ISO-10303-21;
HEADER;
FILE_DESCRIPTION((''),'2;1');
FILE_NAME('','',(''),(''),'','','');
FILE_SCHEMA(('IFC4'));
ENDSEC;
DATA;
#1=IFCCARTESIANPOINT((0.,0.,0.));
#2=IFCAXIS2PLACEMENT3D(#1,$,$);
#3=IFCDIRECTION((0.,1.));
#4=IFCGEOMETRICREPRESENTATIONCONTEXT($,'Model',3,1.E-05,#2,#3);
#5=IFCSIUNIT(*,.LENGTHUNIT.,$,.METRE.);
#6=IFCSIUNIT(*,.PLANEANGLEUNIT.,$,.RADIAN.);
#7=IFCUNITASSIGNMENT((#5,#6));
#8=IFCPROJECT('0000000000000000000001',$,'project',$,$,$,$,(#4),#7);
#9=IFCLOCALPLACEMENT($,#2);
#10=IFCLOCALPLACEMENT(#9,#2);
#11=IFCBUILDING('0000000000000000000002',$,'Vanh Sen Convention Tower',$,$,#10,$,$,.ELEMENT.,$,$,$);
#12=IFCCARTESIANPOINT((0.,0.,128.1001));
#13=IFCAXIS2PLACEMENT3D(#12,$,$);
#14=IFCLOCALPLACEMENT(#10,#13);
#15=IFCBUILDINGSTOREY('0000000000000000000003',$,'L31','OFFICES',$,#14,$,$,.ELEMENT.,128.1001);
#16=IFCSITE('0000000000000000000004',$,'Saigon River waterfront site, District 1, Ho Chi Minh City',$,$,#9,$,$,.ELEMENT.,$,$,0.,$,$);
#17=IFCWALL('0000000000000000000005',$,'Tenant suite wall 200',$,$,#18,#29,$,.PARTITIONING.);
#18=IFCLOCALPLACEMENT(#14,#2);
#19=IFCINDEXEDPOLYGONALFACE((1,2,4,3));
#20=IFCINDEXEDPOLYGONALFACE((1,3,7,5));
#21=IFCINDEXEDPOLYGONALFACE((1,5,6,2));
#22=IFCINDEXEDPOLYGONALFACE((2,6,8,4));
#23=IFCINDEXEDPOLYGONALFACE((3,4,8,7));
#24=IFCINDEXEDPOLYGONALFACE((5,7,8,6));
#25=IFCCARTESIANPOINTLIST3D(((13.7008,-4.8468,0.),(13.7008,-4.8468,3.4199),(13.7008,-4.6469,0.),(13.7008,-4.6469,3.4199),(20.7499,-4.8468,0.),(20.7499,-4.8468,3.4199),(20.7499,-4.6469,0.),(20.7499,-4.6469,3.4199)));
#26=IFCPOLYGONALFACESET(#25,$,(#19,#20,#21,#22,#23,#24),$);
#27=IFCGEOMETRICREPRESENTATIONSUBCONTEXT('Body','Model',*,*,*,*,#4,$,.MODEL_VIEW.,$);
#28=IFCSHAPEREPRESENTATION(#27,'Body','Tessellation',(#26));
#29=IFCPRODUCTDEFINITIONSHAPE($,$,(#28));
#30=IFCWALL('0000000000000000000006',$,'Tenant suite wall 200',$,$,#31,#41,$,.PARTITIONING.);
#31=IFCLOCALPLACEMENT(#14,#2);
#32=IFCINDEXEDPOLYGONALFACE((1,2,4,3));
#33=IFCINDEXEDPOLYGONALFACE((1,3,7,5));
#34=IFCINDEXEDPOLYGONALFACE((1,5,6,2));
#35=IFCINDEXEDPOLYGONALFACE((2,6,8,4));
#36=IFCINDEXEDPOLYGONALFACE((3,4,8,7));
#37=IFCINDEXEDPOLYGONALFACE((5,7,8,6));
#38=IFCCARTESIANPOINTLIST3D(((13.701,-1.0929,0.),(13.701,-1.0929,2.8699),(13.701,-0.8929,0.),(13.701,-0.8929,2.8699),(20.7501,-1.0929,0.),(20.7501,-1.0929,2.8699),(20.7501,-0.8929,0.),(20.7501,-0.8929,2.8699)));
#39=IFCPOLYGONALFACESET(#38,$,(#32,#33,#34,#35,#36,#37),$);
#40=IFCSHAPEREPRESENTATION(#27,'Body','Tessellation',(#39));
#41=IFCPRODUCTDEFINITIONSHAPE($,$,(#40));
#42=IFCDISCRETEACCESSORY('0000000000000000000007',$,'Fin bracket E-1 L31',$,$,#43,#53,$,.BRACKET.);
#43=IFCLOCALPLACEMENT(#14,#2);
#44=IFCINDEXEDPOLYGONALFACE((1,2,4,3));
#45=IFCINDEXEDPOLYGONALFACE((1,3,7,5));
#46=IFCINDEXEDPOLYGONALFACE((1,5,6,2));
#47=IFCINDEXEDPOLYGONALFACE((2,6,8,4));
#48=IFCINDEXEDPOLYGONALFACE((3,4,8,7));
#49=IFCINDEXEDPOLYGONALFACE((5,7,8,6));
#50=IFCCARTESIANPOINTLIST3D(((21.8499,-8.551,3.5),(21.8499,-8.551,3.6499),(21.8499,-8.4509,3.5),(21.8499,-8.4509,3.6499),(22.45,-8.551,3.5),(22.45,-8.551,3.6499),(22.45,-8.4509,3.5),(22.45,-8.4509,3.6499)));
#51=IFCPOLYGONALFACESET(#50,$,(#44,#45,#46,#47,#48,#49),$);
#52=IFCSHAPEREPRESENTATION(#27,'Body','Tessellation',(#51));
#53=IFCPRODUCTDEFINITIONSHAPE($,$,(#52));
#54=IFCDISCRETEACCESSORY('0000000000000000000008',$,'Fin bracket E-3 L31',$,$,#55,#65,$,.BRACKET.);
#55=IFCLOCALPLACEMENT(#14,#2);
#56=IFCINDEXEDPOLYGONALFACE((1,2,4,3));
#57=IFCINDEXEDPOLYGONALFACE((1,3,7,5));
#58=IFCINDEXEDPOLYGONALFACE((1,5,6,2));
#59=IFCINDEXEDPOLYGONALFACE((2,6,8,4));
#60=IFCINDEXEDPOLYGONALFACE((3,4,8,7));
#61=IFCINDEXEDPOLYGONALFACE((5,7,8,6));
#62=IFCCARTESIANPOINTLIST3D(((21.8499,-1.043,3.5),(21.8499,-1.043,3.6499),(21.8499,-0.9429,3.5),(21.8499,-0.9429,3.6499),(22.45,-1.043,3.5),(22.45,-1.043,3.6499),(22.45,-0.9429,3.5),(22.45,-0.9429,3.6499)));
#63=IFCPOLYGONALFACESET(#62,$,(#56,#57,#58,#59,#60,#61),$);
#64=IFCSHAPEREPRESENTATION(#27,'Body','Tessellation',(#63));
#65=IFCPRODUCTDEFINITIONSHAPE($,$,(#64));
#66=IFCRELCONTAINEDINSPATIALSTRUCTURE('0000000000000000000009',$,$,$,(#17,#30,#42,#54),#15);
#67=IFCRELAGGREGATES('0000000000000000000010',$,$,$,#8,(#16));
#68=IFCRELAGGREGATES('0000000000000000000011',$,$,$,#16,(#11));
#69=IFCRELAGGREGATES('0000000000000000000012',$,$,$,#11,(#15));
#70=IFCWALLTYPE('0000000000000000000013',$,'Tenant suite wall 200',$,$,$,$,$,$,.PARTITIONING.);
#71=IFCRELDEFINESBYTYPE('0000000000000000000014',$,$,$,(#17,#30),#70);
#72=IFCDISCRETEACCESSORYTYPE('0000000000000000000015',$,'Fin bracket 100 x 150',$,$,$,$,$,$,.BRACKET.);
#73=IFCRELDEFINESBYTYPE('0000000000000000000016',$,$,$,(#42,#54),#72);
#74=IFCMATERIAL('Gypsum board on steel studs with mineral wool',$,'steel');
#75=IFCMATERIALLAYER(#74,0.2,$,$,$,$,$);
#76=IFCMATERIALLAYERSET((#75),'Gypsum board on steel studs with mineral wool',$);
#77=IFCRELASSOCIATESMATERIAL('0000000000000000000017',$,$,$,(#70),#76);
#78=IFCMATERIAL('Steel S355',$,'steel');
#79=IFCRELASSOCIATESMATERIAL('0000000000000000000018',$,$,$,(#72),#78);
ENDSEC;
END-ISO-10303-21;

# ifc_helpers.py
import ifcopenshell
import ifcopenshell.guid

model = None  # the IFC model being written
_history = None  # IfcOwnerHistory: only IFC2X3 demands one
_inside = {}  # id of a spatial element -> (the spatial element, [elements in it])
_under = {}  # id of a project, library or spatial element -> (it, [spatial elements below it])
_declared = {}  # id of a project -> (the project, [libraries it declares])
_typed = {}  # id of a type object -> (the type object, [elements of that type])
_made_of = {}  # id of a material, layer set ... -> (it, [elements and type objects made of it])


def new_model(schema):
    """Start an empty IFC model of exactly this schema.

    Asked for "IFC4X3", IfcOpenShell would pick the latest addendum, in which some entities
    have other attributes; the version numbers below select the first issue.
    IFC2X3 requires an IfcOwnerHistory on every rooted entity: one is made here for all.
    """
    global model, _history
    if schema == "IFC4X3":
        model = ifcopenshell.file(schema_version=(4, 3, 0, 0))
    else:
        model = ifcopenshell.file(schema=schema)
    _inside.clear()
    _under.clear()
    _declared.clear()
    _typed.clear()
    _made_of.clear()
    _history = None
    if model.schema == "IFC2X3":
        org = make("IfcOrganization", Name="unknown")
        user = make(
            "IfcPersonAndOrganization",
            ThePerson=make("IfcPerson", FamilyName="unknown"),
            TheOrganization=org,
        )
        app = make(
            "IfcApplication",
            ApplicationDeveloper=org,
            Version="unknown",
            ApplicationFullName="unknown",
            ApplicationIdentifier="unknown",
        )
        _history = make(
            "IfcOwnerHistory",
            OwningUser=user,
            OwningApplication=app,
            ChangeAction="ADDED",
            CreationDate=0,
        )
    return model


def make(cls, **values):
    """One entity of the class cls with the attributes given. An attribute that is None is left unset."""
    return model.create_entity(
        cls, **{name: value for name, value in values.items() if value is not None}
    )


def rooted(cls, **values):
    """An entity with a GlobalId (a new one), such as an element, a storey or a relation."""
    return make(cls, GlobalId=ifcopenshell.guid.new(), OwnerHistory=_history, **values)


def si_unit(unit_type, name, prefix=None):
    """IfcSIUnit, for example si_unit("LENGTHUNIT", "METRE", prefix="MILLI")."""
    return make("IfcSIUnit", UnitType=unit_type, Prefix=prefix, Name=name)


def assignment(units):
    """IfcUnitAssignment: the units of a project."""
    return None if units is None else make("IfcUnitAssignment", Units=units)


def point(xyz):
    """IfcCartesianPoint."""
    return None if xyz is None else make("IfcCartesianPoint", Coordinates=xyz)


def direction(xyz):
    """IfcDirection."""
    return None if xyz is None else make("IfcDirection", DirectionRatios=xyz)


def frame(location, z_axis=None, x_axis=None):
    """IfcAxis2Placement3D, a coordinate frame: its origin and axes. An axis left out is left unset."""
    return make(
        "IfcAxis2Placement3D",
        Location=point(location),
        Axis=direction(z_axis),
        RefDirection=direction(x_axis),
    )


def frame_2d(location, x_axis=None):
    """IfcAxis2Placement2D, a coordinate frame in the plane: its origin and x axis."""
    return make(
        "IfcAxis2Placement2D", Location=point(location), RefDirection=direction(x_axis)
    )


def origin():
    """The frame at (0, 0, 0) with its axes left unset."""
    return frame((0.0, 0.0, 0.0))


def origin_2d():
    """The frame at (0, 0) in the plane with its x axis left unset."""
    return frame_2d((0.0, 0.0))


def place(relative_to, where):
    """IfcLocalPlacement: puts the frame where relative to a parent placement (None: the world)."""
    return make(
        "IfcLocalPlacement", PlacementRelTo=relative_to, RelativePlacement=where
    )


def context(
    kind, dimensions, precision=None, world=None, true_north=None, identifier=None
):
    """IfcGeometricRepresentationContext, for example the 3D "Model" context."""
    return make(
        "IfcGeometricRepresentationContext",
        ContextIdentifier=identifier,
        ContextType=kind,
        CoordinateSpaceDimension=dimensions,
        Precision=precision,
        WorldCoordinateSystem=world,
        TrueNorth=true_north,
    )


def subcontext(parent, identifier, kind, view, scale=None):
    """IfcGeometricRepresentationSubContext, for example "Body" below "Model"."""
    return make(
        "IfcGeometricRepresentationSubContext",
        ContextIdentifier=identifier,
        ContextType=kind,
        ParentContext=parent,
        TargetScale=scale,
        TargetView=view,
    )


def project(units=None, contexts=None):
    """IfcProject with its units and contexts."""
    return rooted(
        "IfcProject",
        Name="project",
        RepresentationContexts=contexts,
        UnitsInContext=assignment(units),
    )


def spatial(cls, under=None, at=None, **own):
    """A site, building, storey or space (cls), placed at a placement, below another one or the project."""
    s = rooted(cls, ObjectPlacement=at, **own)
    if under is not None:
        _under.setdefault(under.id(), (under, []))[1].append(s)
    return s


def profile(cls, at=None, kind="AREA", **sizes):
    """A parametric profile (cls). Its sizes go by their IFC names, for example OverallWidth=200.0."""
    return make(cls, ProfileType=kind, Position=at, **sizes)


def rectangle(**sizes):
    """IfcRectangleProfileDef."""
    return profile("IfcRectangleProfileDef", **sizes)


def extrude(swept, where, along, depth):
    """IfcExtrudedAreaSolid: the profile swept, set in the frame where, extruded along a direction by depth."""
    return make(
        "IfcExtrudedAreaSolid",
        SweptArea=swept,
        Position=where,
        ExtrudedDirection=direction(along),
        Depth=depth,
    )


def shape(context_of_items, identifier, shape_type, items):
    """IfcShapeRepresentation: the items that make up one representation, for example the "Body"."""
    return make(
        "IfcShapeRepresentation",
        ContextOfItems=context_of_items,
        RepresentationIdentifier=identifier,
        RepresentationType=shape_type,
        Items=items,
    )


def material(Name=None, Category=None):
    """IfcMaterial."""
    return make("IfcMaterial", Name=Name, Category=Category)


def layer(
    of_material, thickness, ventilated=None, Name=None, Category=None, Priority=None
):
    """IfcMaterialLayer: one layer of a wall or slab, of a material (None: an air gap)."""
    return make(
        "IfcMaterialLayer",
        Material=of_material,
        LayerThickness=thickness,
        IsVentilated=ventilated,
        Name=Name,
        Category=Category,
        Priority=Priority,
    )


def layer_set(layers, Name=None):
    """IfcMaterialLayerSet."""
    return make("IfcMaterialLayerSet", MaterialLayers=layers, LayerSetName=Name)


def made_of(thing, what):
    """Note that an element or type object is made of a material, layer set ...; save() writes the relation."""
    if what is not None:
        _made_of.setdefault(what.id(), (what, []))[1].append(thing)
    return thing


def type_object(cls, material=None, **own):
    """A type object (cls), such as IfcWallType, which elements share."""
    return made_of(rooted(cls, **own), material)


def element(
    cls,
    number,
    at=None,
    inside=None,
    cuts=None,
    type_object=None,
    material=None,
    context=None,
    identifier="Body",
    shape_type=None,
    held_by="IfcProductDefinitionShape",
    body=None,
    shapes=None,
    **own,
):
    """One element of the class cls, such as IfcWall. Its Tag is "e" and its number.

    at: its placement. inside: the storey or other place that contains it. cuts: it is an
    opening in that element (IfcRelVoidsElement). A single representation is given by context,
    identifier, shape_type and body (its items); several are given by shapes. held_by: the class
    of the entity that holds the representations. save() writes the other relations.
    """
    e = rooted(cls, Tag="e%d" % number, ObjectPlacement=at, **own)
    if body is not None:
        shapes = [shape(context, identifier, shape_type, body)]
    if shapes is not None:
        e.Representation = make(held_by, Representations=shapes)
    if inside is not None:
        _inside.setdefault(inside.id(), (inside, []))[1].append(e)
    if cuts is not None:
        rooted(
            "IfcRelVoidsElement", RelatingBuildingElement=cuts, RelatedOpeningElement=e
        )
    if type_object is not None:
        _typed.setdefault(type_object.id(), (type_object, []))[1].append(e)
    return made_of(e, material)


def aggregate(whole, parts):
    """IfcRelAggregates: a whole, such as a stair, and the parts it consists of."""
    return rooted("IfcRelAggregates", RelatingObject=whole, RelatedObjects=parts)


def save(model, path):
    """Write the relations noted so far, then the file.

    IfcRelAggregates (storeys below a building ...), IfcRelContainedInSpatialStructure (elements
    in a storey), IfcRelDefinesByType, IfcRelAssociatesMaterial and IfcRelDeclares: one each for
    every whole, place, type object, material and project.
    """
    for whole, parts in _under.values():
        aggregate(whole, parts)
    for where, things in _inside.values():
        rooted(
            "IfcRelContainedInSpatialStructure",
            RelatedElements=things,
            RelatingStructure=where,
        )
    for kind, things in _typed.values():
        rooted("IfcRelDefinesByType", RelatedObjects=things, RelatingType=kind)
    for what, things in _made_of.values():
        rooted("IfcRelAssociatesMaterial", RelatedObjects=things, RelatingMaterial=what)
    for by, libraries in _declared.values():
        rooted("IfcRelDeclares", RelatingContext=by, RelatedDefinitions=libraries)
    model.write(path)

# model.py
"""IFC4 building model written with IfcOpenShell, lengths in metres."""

from ifc_helpers import new_model, si_unit, direction, frame, frame_2d, origin, origin_2d, place, context, subcontext, project, spatial, rectangle, extrude, material, layer, layer_set, type_object, element, save


model = new_model("IFC4")

# Units and contexts
model_context = context("Model", 3, precision=1e-05, world=origin(), true_north=direction((0.0, 1.0)))
body_context = subcontext(model_context, "Body", "Model", "MODEL_VIEW")
ifc_project = project(units=[si_unit("LENGTHUNIT", "METRE"), si_unit("PLANEANGLEUNIT", "RADIAN")], contexts=[model_context])

# Site, building, storey
site_placement = place(None, origin())
site = spatial("IfcSite", under=ifc_project, at=site_placement, Name="Saigon River waterfront site, District 1, Ho Chi Minh City", CompositionType="ELEMENT", RefElevation=0.0)
building_placement = place(site_placement, origin())
building = spatial("IfcBuilding", under=site, at=building_placement, Name="Vanh Sen Convention Tower", CompositionType="ELEMENT")
storey_placement = place(building_placement, frame((0.0, 0.0, 128.1001)))
storey = spatial("IfcBuildingStorey", under=building, at=storey_placement, Name="L31", Description="OFFICES", CompositionType="ELEMENT", Elevation=128.1001)

# Walls
ifc_material_1 = material(Name="Gypsum board on steel studs with mineral wool", Category="steel")
ifc_layer_1 = layer(ifc_material_1, 0.2)
ifc_layer_set_1 = layer_set([ifc_layer_1], Name="Gypsum board on steel studs with mineral wool")
wall_type_1 = type_object("IfcWallType", Name="Tenant suite wall 200", PredefinedType="PARTITIONING", material=ifc_layer_set_1)
wall_1_placement = place(storey_placement, frame((13.7009, -4.7468, 0.0), z_axis=(0.0, 0.0, 1.0), x_axis=(1.0, 0.0, 0.0)))
element("IfcWall", 1, at=wall_1_placement, inside=storey, type_object=wall_type_1, Name="Tenant suite wall 200", PredefinedType="PARTITIONING", context=body_context, shape_type="SweptSolid", body=[
    extrude(rectangle(XDim=7.0491, YDim=0.2, at=frame_2d((3.5244, 0.0))), origin(), (0.0, 0.0, 1.0), 3.4199),
])
wall_2_placement = place(storey_placement, frame((20.75, -0.9929, 0.0), z_axis=(0.0, 0.0, 1.0), x_axis=(-1.0, 0.0, 0.0)))
element("IfcWall", 2, at=wall_2_placement, inside=storey, type_object=wall_type_1, Name="Tenant suite wall 200", PredefinedType="PARTITIONING", context=body_context, shape_type="SweptSolid", body=[
    extrude(rectangle(XDim=7.0491, YDim=0.2, at=frame_2d((3.5244, 0.0))), origin(), (0.0, 0.0, 1.0), 2.8699),
])

# Discrete accessories
ifc_material_2 = material(Name="Steel S355", Category="steel")
discrete_accessory_type = type_object("IfcDiscreteAccessoryType", Name="Fin bracket 100 x 150", PredefinedType="BRACKET", material=ifc_material_2)
for number, where, z_axis, x_axis, name in (
    (3, (22.1499, -8.501, 3.5), (0.0, 0.0, 1.0), (1.0, 0.0, 0.0), "Fin bracket E-1 L31"),
    (4, (22.1499, -0.9929, 3.5), (0.0, 0.0, 1.0), (1.0, 0.0, 0.0), "Fin bracket E-3 L31"),
):
    element("IfcDiscreteAccessory", number, at=place(storey_placement, frame(where, z_axis=z_axis, x_axis=x_axis)), inside=storey, type_object=discrete_accessory_type, Name=name, PredefinedType="BRACKET", context=body_context, shape_type="SweptSolid", body=[
        extrude(rectangle(XDim=0.6001, YDim=0.1001, at=origin_2d()), origin(), (0.0, 0.0, 1.0), 0.1499),
    ])

save(model, "model.ifc")
